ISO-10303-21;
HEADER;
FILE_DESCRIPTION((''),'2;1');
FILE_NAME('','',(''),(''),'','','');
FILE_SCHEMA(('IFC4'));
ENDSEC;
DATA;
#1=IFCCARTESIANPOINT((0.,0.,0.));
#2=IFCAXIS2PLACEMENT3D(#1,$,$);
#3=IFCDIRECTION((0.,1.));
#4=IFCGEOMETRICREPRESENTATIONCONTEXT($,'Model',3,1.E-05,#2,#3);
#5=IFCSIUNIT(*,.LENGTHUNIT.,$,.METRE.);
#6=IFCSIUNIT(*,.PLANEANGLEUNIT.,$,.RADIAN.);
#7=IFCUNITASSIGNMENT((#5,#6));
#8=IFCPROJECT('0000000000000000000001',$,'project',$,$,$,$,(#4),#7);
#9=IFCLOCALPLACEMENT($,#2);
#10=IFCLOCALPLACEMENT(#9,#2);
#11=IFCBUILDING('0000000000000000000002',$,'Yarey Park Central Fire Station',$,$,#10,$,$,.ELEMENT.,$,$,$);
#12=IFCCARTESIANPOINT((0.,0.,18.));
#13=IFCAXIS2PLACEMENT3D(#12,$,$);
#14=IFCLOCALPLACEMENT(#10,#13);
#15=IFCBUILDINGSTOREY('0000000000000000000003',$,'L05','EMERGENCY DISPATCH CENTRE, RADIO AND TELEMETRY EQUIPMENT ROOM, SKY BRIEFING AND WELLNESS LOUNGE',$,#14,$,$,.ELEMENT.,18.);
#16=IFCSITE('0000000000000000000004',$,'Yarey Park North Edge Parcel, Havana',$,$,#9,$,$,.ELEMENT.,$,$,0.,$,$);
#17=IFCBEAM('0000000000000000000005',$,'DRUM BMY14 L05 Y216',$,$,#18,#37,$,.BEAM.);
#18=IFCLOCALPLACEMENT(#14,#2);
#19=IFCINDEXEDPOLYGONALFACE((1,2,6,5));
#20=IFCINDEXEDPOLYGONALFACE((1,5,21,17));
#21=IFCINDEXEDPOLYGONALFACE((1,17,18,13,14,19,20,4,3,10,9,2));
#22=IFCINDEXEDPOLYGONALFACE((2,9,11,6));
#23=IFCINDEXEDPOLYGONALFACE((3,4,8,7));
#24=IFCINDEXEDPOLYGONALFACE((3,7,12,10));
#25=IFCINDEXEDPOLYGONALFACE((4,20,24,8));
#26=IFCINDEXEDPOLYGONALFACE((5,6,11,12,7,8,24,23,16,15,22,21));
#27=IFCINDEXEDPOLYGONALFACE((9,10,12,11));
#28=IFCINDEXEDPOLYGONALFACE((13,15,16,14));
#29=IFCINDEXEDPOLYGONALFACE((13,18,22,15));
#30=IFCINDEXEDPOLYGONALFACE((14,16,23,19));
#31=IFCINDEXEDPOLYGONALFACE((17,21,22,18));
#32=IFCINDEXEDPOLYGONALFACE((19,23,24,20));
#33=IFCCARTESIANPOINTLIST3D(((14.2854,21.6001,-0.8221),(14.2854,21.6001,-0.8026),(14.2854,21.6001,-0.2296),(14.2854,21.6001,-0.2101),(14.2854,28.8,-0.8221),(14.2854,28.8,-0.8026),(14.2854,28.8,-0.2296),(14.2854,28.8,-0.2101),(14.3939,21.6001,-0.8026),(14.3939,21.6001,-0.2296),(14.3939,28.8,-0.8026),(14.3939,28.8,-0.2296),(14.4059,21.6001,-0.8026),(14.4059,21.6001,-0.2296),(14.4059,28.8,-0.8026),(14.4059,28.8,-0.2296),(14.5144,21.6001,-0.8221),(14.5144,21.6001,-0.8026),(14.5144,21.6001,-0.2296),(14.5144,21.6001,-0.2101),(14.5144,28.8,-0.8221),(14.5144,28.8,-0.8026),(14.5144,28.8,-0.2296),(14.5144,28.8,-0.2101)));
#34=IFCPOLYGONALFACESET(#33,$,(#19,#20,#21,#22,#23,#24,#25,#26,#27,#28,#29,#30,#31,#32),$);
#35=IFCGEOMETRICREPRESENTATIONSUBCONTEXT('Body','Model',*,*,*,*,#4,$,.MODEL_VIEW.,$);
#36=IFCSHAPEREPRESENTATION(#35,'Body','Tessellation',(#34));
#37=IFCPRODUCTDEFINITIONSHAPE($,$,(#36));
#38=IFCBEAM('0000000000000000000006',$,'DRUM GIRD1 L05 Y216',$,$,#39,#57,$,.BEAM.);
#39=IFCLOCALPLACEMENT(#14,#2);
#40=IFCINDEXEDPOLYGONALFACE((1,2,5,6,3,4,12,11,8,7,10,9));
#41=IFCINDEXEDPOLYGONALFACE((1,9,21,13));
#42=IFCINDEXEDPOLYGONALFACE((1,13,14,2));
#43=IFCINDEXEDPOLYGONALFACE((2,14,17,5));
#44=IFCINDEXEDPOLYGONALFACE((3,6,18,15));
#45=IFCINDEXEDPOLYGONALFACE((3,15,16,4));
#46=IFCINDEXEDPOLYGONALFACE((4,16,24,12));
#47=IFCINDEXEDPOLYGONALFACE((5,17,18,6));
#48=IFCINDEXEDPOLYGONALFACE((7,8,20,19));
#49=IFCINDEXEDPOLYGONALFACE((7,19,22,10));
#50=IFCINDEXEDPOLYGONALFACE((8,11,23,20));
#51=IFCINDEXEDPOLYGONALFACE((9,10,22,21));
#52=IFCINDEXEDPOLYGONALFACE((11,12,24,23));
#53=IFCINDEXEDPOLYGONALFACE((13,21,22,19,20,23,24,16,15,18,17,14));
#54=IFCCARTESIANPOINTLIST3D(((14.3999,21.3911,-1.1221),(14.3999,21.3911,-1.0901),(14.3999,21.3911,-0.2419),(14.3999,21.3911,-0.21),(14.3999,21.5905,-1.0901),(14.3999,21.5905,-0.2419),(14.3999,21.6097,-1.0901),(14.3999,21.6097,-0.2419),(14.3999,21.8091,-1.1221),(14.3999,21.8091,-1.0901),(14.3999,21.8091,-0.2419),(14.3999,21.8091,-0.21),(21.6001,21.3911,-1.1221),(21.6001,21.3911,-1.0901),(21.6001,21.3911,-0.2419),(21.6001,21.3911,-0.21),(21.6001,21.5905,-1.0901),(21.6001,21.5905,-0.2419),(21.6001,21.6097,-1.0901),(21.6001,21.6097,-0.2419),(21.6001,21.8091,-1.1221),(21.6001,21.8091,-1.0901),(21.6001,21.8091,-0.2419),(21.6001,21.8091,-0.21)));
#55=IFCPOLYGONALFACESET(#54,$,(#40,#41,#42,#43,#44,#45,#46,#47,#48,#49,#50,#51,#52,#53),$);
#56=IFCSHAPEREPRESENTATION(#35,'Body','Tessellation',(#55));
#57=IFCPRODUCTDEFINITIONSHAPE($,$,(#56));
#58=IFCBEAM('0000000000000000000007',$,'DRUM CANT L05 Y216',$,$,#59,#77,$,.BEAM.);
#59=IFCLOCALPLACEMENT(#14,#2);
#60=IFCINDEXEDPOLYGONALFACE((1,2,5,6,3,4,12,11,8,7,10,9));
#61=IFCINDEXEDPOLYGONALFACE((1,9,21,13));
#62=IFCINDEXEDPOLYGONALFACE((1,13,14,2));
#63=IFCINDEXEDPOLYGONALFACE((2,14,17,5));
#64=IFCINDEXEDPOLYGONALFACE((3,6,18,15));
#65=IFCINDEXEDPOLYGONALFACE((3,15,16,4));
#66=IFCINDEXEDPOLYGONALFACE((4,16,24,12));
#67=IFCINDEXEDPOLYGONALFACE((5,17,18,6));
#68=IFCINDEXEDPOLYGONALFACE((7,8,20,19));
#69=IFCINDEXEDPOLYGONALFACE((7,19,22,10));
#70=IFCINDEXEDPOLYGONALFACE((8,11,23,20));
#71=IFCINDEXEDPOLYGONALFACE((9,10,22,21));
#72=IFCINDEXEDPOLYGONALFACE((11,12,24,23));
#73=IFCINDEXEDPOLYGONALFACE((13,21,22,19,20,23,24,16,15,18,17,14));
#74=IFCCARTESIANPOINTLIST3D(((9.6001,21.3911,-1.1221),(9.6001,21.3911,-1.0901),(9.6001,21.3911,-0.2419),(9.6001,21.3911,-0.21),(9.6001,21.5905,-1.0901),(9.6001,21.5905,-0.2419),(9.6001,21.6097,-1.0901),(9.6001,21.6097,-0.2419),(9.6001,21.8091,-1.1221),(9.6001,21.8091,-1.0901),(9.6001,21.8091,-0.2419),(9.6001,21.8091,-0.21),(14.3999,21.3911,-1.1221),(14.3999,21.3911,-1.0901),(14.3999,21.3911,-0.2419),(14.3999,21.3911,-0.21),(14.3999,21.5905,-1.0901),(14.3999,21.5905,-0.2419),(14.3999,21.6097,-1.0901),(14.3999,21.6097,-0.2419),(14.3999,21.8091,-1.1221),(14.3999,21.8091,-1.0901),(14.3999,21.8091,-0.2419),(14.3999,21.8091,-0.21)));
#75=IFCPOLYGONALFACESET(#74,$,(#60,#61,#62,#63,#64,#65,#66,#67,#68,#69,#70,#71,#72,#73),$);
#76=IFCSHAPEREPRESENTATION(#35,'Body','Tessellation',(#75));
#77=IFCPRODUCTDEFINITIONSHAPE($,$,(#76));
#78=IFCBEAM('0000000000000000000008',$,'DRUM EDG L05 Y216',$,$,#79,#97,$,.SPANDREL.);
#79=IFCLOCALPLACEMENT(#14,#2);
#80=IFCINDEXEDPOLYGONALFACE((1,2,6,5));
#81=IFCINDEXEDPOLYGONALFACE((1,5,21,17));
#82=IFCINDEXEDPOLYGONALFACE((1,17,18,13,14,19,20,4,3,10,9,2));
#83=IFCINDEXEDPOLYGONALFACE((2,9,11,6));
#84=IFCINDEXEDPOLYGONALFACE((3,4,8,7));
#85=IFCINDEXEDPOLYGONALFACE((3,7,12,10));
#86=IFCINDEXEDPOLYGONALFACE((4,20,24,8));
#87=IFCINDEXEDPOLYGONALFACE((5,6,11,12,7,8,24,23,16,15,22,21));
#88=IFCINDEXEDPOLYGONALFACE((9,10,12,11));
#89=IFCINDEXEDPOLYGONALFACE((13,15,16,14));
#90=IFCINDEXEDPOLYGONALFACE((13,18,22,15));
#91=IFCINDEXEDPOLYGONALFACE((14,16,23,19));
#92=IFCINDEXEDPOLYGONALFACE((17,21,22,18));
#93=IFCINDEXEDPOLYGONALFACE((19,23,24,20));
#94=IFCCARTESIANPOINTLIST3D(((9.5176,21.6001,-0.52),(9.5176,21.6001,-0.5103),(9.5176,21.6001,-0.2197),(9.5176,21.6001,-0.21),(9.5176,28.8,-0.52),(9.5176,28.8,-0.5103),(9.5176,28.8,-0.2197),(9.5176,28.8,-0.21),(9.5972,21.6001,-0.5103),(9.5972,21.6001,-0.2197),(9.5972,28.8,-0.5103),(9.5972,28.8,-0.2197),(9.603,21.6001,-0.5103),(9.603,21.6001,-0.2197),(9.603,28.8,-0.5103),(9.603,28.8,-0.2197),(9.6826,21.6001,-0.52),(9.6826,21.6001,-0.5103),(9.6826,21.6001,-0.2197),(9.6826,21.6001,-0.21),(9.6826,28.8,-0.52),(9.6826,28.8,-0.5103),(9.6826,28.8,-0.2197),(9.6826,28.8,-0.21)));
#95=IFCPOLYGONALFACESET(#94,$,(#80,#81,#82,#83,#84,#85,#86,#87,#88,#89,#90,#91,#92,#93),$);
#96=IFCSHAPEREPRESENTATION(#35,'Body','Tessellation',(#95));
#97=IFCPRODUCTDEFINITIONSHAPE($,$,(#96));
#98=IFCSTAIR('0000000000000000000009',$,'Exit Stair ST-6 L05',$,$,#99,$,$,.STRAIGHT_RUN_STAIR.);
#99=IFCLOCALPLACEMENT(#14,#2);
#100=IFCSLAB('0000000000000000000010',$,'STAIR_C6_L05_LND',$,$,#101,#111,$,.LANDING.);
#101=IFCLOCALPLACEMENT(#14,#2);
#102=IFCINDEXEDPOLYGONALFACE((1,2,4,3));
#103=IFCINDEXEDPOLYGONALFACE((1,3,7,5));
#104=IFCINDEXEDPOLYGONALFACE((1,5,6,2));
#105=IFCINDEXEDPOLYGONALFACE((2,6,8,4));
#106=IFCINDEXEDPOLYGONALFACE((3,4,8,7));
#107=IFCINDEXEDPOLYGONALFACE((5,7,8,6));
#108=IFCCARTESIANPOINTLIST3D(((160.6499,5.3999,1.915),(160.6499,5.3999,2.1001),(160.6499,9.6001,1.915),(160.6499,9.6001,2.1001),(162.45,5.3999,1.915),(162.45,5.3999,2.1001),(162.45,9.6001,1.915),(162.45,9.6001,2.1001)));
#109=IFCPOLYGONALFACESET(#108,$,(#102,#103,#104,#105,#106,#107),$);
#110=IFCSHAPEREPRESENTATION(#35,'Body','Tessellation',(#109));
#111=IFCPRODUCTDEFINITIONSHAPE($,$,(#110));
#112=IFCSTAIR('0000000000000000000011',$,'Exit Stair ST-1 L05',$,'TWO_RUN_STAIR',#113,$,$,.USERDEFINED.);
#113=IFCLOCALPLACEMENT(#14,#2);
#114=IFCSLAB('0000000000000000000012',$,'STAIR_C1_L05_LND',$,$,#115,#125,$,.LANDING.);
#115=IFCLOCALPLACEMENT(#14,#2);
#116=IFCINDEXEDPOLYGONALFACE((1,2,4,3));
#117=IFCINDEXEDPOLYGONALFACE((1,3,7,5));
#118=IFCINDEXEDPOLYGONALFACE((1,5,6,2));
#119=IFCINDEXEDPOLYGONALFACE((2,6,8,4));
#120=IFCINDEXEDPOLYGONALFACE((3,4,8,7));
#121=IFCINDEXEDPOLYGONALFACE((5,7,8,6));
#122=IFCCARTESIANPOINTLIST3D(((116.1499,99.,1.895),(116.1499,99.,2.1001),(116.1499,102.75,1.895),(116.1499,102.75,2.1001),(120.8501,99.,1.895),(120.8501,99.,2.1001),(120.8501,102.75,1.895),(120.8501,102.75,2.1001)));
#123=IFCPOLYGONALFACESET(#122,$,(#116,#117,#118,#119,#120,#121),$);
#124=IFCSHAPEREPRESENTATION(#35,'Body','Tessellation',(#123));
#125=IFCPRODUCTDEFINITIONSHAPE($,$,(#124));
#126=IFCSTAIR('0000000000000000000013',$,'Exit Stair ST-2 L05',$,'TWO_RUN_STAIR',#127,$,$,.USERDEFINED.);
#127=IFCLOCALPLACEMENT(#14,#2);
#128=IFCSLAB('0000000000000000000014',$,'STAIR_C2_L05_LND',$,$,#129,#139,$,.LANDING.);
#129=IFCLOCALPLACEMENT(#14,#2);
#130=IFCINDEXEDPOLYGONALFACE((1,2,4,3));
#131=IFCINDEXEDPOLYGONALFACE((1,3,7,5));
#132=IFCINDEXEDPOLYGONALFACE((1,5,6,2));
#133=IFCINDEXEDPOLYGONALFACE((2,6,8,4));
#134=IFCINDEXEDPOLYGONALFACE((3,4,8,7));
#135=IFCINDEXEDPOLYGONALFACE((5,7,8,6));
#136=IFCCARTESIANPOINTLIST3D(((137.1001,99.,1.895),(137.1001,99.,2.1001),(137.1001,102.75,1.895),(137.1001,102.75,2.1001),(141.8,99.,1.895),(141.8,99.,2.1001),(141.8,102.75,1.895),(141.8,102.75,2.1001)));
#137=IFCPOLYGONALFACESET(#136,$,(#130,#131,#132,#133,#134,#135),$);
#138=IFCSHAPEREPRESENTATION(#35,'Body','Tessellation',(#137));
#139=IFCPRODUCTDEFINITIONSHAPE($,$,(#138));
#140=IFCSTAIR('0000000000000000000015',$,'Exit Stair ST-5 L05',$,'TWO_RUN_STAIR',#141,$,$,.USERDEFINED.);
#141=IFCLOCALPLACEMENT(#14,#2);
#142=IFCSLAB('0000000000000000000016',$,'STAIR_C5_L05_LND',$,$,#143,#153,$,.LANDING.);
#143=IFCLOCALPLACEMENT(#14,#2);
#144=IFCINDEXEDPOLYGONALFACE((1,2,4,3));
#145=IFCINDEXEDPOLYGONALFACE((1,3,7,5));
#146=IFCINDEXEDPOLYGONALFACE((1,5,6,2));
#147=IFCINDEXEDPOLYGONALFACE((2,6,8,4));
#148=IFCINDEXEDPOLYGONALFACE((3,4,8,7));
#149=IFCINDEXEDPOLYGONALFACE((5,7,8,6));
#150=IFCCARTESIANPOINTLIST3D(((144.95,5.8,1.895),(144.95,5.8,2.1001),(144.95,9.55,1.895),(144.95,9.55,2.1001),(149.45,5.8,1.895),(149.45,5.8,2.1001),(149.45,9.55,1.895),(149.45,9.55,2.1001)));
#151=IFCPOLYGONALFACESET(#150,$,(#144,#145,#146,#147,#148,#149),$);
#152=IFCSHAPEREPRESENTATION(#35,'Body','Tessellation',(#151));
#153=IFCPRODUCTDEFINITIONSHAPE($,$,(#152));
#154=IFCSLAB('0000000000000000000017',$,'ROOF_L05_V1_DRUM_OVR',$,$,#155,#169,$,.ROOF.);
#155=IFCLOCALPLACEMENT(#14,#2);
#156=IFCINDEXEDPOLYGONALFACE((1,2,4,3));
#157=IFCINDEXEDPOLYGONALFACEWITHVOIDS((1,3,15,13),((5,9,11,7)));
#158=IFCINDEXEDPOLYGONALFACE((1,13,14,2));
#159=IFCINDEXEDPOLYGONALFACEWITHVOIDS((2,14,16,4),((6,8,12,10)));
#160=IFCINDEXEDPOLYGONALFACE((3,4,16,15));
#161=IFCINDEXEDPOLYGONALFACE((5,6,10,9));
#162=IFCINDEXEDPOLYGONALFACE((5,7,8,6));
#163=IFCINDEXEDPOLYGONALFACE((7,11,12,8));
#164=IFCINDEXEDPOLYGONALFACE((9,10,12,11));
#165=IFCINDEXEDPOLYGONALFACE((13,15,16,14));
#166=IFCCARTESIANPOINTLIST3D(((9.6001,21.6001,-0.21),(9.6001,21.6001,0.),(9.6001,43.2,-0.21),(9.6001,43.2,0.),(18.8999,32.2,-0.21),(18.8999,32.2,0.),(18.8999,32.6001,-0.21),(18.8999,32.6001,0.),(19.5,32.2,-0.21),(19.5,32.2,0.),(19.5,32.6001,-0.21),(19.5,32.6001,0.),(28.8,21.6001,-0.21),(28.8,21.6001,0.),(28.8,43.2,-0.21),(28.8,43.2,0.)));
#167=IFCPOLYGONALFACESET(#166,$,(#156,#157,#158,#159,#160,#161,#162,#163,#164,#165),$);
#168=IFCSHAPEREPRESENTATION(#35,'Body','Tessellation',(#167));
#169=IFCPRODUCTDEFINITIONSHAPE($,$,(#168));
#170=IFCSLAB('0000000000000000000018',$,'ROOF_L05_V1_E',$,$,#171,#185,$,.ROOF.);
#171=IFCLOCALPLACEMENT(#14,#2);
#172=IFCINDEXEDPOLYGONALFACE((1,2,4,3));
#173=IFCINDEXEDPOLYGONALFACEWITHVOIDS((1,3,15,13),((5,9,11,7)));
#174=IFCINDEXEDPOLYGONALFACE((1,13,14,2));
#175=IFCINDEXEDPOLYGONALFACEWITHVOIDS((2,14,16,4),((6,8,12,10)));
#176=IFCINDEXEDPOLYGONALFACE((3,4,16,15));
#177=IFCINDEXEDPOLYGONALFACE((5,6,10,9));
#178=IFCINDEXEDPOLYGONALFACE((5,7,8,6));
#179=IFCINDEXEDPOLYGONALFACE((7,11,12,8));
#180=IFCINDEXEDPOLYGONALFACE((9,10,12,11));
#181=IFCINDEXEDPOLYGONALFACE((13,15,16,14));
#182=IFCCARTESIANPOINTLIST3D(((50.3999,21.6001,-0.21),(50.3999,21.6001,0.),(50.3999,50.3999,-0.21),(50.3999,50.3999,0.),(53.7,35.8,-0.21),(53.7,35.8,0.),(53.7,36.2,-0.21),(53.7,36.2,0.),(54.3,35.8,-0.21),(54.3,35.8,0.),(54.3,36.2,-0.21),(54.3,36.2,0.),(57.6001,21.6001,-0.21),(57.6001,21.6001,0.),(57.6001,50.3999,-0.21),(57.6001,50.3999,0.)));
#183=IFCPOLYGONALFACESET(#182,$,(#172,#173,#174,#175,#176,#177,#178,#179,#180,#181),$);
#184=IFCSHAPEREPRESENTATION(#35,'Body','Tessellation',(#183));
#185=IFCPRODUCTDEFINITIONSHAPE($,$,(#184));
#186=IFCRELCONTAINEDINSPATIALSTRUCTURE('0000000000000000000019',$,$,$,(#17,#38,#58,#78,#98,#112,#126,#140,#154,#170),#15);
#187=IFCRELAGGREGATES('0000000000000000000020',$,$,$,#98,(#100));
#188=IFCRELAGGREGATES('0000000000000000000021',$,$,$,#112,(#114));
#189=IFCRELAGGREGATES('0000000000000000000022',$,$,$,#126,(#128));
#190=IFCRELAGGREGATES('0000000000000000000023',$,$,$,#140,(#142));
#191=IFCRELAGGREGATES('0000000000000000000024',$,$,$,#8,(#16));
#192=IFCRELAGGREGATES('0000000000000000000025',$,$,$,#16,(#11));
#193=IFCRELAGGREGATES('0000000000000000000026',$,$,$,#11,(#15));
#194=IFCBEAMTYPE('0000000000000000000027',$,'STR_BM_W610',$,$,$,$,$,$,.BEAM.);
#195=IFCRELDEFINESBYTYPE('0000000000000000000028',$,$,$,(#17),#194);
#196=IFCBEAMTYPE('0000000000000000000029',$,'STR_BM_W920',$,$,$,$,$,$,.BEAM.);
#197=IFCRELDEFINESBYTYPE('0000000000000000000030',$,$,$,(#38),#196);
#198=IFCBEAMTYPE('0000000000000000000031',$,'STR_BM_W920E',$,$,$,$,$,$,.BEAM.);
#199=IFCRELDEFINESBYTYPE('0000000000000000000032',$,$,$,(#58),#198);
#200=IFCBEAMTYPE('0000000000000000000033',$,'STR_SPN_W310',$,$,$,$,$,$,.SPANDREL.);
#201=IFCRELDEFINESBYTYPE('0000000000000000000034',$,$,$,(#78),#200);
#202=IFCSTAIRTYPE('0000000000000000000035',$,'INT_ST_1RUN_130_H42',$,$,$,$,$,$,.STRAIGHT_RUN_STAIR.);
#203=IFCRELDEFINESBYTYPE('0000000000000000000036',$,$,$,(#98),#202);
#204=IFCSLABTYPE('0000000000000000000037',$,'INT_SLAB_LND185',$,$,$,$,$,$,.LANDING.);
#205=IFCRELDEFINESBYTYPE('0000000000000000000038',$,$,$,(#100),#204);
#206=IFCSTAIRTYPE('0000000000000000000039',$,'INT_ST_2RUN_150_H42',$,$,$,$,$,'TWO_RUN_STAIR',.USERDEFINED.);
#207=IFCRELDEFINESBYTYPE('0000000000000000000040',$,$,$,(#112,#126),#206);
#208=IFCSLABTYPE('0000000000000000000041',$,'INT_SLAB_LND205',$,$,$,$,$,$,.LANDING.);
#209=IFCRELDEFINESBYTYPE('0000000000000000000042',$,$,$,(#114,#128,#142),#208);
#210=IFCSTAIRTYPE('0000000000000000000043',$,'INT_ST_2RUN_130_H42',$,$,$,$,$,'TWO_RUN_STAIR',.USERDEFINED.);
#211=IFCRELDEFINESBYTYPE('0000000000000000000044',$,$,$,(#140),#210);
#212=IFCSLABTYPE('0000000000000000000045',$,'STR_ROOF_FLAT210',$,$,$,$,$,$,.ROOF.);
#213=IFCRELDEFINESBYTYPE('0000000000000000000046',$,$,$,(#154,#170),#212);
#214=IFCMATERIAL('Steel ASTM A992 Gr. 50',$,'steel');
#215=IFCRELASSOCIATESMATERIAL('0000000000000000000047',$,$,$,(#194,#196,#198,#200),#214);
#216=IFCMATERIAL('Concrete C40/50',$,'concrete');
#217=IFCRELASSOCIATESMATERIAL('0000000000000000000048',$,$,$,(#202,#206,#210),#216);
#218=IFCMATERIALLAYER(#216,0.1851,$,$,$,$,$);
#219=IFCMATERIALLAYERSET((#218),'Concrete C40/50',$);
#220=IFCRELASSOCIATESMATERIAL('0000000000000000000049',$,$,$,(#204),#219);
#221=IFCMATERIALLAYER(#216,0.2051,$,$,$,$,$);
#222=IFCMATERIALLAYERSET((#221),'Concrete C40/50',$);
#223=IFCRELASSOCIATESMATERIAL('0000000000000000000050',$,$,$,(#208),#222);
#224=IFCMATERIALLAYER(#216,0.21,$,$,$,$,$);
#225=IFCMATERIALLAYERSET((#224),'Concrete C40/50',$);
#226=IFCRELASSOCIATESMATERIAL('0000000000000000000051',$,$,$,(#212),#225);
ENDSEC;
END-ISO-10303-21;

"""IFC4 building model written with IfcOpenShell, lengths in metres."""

from ifc_helpers import new_model, si_unit, direction, frame, origin, origin_2d, place, context, subcontext, project, spatial, polyline, i_section, outline, extrude, material, layer, layer_set, material_profile, profile_set, type_object, element, aggregate, save


model = new_model("IFC4")

# Units and contexts
model_context = context("Model", 3, precision=1e-05, world=origin(), true_north=direction((0.0, 1.0)))
body_context = subcontext(model_context, "Body", "Model", "MODEL_VIEW")
ifc_project = project(units=[si_unit("LENGTHUNIT", "METRE"), si_unit("PLANEANGLEUNIT", "RADIAN")], contexts=[model_context])

# Site, building, storey
site_placement = place(None, origin())
site = spatial("IfcSite", under=ifc_project, at=site_placement, Name="Yarey Park North Edge Parcel, Havana", CompositionType="ELEMENT", RefElevation=0.0)
building_placement = place(site_placement, origin())
building = spatial("IfcBuilding", under=site, at=building_placement, Name="Yarey Park Central Fire Station", CompositionType="ELEMENT")
storey_placement = place(building_placement, frame((0.0, 0.0, 18.0)))
storey = spatial("IfcBuildingStorey", under=building, at=storey_placement, Name="L05", Description="EMERGENCY DISPATCH CENTRE, RADIO AND TELEMETRY EQUIPMENT ROOM, SKY BRIEFING AND WELLNESS LOUNGE", CompositionType="ELEMENT", Elevation=18.0)

# Beams
ifc_material_1 = material(Name="Steel ASTM A992 Gr. 50", Category="steel")
ifc_material_profile_1 = material_profile(ifc_material_1, i_section(OverallWidth=0.229, OverallDepth=0.6121, WebThickness=0.012, FlangeThickness=0.0195, at=origin_2d()), Name="W610x125")
ifc_profile_set_1 = profile_set([ifc_material_profile_1], Name="Steel ASTM A992 Gr. 50")
beam_type_1 = type_object("IfcBeamType", Name="STR_BM_W610", PredefinedType="BEAM", material=ifc_profile_set_1)
beam_1_placement = place(storey_placement, frame((14.3999, 21.6001, -0.5161), z_axis=(0.0, 1.0, 0.0), x_axis=(-1.0, 0.0, 0.0)))
element("IfcBeam", 1, at=beam_1_placement, inside=storey, type_object=beam_type_1, Name="DRUM BMY14 L05 Y216", PredefinedType="BEAM", context=body_context, shape_type="SweptSolid", body=[
    extrude(i_section(OverallWidth=0.229, OverallDepth=0.6121, WebThickness=0.012, FlangeThickness=0.0195, at=origin_2d()), origin(), (0.0, 0.0, 1.0), 7.2),
])
ifc_material_profile_2 = material_profile(ifc_material_1, i_section(OverallWidth=0.418, OverallDepth=0.9121, WebThickness=0.0193, FlangeThickness=0.032, at=origin_2d()), Name="W920x342")
ifc_profile_set_2 = profile_set([ifc_material_profile_2], Name="Steel ASTM A992 Gr. 50")
beam_type_2 = type_object("IfcBeamType", Name="STR_BM_W920", PredefinedType="BEAM", material=ifc_profile_set_2)
beam_2_placement = place(storey_placement, frame((14.3999, 21.6001, -0.666), z_axis=(1.0, 0.0, 0.0), x_axis=(0.0, 1.0, 0.0)))
element("IfcBeam", 2, at=beam_2_placement, inside=storey, type_object=beam_type_2, Name="DRUM GIRD1 L05 Y216", PredefinedType="BEAM", context=body_context, shape_type="SweptSolid", body=[
    extrude(i_section(OverallWidth=0.418, OverallDepth=0.9121, WebThickness=0.0193, FlangeThickness=0.032, at=origin_2d()), origin(), (0.0, 0.0, 1.0), 7.2002),
])
ifc_material_profile_3 = material_profile(ifc_material_1, i_section(OverallWidth=0.418, OverallDepth=0.9121, WebThickness=0.0193, FlangeThickness=0.032, at=origin_2d()), Name="W920x342")
ifc_profile_set_3 = profile_set([ifc_material_profile_3], Name="Steel ASTM A992 Gr. 50")
beam_type_3 = type_object("IfcBeamType", Name="STR_BM_W920E", PredefinedType="BEAM", material=ifc_profile_set_3)
beam_3_placement = place(storey_placement, frame((9.6001, 21.6001, -0.666), z_axis=(1.0, 0.0, 0.0), x_axis=(0.0, 1.0, 0.0)))
element("IfcBeam", 3, at=beam_3_placement, inside=storey, type_object=beam_type_3, Name="DRUM CANT L05 Y216", PredefinedType="BEAM", context=body_context, shape_type="SweptSolid", body=[
    extrude(i_section(OverallWidth=0.418, OverallDepth=0.9121, WebThickness=0.0193, FlangeThickness=0.032, at=origin_2d()), origin(), (0.0, 0.0, 1.0), 4.7998),
])
ifc_material_profile_4 = material_profile(ifc_material_1, i_section(OverallWidth=0.165, OverallDepth=0.3101, WebThickness=0.0059, FlangeThickness=0.0098, at=origin_2d()), Name="W310x39")
ifc_profile_set_4 = profile_set([ifc_material_profile_4], Name="Steel ASTM A992 Gr. 50")
beam_type_4 = type_object("IfcBeamType", Name="STR_SPN_W310", PredefinedType="SPANDREL", material=ifc_profile_set_4)
beam_4_placement = place(storey_placement, frame((9.6001, 21.6001, -0.365), z_axis=(0.0, 1.0, 0.0), x_axis=(-1.0, 0.0, 0.0)))
element("IfcBeam", 4, at=beam_4_placement, inside=storey, type_object=beam_type_4, Name="DRUM EDG L05 Y216", PredefinedType="SPANDREL", context=body_context, shape_type="SweptSolid", body=[
    extrude(i_section(OverallWidth=0.165, OverallDepth=0.3101, WebThickness=0.0059, FlangeThickness=0.0098, at=origin_2d()), origin(), (0.0, 0.0, 1.0), 7.2),
])

# Stairs, slabs
ifc_material_2 = material(Name="Concrete C40/50", Category="concrete")
stair_type_1 = type_object("IfcStairType", Name="INT_ST_1RUN_130_H42", PredefinedType="STRAIGHT_RUN_STAIR", material=ifc_material_2)
stair_1_placement = place(storey_placement, origin())
stair_1 = element("IfcStair", 5, at=stair_1_placement, inside=storey, type_object=stair_type_1, Name="Exit Stair ST-6 L05", PredefinedType="STRAIGHT_RUN_STAIR")
ifc_layer_1 = layer(ifc_material_2, 0.1851)
ifc_layer_set_1 = layer_set([ifc_layer_1], Name="Concrete C40/50")
slab_type_1 = type_object("IfcSlabType", Name="INT_SLAB_LND185", PredefinedType="LANDING", material=ifc_layer_set_1)
slab_1_placement = place(storey_placement, frame((0.0, 0.0, 1.915)))
slab_1 = element("IfcSlab", 6, at=slab_1_placement, type_object=slab_type_1, Name="STAIR_C6_L05_LND", PredefinedType="LANDING", context=body_context, shape_type="SweptSolid", body=[
    extrude(outline(polyline([(160.6499, 5.3999), (162.45, 5.3999), (162.45, 9.6001), (160.6499, 9.6001), (160.6499, 5.3999)])), origin(), (0.0, 0.0, 1.0), 0.1851),
])
aggregate(stair_1, [slab_1])
stair_type_2 = type_object("IfcStairType", Name="INT_ST_2RUN_150_H42", ElementType="TWO_RUN_STAIR", PredefinedType="USERDEFINED", material=ifc_material_2)
stair_2_placement = place(storey_placement, origin())
stair_2 = element("IfcStair", 7, at=stair_2_placement, inside=storey, type_object=stair_type_2, Name="Exit Stair ST-1 L05", ObjectType="TWO_RUN_STAIR", PredefinedType="USERDEFINED")
ifc_layer_2 = layer(ifc_material_2, 0.2051)
ifc_layer_set_2 = layer_set([ifc_layer_2], Name="Concrete C40/50")
slab_type_2 = type_object("IfcSlabType", Name="INT_SLAB_LND205", PredefinedType="LANDING", material=ifc_layer_set_2)
slab_2_placement = place(storey_placement, frame((0.0, 0.0, 1.895)))
slab_2 = element("IfcSlab", 8, at=slab_2_placement, type_object=slab_type_2, Name="STAIR_C1_L05_LND", PredefinedType="LANDING", context=body_context, shape_type="SweptSolid", body=[
    extrude(outline(polyline([(116.1499, 99.0), (120.8501, 99.0), (120.8501, 102.75), (116.1499, 102.75), (116.1499, 99.0)])), origin(), (0.0, 0.0, 1.0), 0.2051),
])
aggregate(stair_2, [slab_2])
stair_3_placement = place(storey_placement, origin())
stair_3 = element("IfcStair", 9, at=stair_3_placement, inside=storey, type_object=stair_type_2, Name="Exit Stair ST-2 L05", ObjectType="TWO_RUN_STAIR", PredefinedType="USERDEFINED")
slab_3_placement = place(storey_placement, frame((0.0, 0.0, 1.895)))
slab_3 = element("IfcSlab", 10, at=slab_3_placement, type_object=slab_type_2, Name="STAIR_C2_L05_LND", PredefinedType="LANDING", context=body_context, shape_type="SweptSolid", body=[
    extrude(outline(polyline([(137.1001, 99.0), (141.8, 99.0), (141.8, 102.75), (137.1001, 102.75), (137.1001, 99.0)])), origin(), (0.0, 0.0, 1.0), 0.2051),
])
aggregate(stair_3, [slab_3])
stair_type_3 = type_object("IfcStairType", Name="INT_ST_2RUN_130_H42", ElementType="TWO_RUN_STAIR", PredefinedType="USERDEFINED", material=ifc_material_2)
stair_4_placement = place(storey_placement, origin())
stair_4 = element("IfcStair", 11, at=stair_4_placement, inside=storey, type_object=stair_type_3, Name="Exit Stair ST-5 L05", ObjectType="TWO_RUN_STAIR", PredefinedType="USERDEFINED")
slab_4_placement = place(storey_placement, frame((0.0, 0.0, 1.895)))
slab_4 = element("IfcSlab", 12, at=slab_4_placement, type_object=slab_type_2, Name="STAIR_C5_L05_LND", PredefinedType="LANDING", context=body_context, shape_type="SweptSolid", body=[
    extrude(outline(polyline([(144.95, 5.8), (149.45, 5.8), (149.45, 9.55), (144.95, 9.55), (144.95, 5.8)])), origin(), (0.0, 0.0, 1.0), 0.2051),
])
aggregate(stair_4, [slab_4])

# Slabs
ifc_layer_3 = layer(ifc_material_2, 0.21)
ifc_layer_set_3 = layer_set([ifc_layer_3], Name="Concrete C40/50")
slab_type_3 = type_object("IfcSlabType", Name="STR_ROOF_FLAT210", PredefinedType="ROOF", material=ifc_layer_set_3)
slab_5_placement = place(storey_placement, frame((0.0, 0.0, -0.21)))
element("IfcSlab", 13, at=slab_5_placement, inside=storey, type_object=slab_type_3, Name="ROOF_L05_V1_DRUM_OVR", PredefinedType="ROOF", context=body_context, shape_type="SweptSolid", body=[
    extrude(outline(polyline([(9.6001, 21.6001), (28.8, 21.6001), (28.8, 43.2), (9.6001, 43.2), (9.6001, 21.6001)]), holes=[polyline([(18.8999, 32.2), (19.5, 32.2), (19.5, 32.6001), (18.8999, 32.6001), (18.8999, 32.2)])]), origin(), (0.0, 0.0, 1.0), 0.21),
])
slab_6_placement = place(storey_placement, frame((0.0, 0.0, -0.21)))
element("IfcSlab", 14, at=slab_6_placement, inside=storey, type_object=slab_type_3, Name="ROOF_L05_V1_E", PredefinedType="ROOF", context=body_context, shape_type="SweptSolid", body=[
    extrude(outline(polyline([(50.3999, 21.6001), (57.6001, 21.6001), (57.6001, 50.3999), (50.3999, 50.3999), (50.3999, 21.6001)]), holes=[polyline([(53.7, 35.8), (54.3, 35.8), (54.3, 36.2), (53.7, 36.2), (53.7, 35.8)])]), origin(), (0.0, 0.0, 1.0), 0.21),
])

save(model, "model.ifc")
